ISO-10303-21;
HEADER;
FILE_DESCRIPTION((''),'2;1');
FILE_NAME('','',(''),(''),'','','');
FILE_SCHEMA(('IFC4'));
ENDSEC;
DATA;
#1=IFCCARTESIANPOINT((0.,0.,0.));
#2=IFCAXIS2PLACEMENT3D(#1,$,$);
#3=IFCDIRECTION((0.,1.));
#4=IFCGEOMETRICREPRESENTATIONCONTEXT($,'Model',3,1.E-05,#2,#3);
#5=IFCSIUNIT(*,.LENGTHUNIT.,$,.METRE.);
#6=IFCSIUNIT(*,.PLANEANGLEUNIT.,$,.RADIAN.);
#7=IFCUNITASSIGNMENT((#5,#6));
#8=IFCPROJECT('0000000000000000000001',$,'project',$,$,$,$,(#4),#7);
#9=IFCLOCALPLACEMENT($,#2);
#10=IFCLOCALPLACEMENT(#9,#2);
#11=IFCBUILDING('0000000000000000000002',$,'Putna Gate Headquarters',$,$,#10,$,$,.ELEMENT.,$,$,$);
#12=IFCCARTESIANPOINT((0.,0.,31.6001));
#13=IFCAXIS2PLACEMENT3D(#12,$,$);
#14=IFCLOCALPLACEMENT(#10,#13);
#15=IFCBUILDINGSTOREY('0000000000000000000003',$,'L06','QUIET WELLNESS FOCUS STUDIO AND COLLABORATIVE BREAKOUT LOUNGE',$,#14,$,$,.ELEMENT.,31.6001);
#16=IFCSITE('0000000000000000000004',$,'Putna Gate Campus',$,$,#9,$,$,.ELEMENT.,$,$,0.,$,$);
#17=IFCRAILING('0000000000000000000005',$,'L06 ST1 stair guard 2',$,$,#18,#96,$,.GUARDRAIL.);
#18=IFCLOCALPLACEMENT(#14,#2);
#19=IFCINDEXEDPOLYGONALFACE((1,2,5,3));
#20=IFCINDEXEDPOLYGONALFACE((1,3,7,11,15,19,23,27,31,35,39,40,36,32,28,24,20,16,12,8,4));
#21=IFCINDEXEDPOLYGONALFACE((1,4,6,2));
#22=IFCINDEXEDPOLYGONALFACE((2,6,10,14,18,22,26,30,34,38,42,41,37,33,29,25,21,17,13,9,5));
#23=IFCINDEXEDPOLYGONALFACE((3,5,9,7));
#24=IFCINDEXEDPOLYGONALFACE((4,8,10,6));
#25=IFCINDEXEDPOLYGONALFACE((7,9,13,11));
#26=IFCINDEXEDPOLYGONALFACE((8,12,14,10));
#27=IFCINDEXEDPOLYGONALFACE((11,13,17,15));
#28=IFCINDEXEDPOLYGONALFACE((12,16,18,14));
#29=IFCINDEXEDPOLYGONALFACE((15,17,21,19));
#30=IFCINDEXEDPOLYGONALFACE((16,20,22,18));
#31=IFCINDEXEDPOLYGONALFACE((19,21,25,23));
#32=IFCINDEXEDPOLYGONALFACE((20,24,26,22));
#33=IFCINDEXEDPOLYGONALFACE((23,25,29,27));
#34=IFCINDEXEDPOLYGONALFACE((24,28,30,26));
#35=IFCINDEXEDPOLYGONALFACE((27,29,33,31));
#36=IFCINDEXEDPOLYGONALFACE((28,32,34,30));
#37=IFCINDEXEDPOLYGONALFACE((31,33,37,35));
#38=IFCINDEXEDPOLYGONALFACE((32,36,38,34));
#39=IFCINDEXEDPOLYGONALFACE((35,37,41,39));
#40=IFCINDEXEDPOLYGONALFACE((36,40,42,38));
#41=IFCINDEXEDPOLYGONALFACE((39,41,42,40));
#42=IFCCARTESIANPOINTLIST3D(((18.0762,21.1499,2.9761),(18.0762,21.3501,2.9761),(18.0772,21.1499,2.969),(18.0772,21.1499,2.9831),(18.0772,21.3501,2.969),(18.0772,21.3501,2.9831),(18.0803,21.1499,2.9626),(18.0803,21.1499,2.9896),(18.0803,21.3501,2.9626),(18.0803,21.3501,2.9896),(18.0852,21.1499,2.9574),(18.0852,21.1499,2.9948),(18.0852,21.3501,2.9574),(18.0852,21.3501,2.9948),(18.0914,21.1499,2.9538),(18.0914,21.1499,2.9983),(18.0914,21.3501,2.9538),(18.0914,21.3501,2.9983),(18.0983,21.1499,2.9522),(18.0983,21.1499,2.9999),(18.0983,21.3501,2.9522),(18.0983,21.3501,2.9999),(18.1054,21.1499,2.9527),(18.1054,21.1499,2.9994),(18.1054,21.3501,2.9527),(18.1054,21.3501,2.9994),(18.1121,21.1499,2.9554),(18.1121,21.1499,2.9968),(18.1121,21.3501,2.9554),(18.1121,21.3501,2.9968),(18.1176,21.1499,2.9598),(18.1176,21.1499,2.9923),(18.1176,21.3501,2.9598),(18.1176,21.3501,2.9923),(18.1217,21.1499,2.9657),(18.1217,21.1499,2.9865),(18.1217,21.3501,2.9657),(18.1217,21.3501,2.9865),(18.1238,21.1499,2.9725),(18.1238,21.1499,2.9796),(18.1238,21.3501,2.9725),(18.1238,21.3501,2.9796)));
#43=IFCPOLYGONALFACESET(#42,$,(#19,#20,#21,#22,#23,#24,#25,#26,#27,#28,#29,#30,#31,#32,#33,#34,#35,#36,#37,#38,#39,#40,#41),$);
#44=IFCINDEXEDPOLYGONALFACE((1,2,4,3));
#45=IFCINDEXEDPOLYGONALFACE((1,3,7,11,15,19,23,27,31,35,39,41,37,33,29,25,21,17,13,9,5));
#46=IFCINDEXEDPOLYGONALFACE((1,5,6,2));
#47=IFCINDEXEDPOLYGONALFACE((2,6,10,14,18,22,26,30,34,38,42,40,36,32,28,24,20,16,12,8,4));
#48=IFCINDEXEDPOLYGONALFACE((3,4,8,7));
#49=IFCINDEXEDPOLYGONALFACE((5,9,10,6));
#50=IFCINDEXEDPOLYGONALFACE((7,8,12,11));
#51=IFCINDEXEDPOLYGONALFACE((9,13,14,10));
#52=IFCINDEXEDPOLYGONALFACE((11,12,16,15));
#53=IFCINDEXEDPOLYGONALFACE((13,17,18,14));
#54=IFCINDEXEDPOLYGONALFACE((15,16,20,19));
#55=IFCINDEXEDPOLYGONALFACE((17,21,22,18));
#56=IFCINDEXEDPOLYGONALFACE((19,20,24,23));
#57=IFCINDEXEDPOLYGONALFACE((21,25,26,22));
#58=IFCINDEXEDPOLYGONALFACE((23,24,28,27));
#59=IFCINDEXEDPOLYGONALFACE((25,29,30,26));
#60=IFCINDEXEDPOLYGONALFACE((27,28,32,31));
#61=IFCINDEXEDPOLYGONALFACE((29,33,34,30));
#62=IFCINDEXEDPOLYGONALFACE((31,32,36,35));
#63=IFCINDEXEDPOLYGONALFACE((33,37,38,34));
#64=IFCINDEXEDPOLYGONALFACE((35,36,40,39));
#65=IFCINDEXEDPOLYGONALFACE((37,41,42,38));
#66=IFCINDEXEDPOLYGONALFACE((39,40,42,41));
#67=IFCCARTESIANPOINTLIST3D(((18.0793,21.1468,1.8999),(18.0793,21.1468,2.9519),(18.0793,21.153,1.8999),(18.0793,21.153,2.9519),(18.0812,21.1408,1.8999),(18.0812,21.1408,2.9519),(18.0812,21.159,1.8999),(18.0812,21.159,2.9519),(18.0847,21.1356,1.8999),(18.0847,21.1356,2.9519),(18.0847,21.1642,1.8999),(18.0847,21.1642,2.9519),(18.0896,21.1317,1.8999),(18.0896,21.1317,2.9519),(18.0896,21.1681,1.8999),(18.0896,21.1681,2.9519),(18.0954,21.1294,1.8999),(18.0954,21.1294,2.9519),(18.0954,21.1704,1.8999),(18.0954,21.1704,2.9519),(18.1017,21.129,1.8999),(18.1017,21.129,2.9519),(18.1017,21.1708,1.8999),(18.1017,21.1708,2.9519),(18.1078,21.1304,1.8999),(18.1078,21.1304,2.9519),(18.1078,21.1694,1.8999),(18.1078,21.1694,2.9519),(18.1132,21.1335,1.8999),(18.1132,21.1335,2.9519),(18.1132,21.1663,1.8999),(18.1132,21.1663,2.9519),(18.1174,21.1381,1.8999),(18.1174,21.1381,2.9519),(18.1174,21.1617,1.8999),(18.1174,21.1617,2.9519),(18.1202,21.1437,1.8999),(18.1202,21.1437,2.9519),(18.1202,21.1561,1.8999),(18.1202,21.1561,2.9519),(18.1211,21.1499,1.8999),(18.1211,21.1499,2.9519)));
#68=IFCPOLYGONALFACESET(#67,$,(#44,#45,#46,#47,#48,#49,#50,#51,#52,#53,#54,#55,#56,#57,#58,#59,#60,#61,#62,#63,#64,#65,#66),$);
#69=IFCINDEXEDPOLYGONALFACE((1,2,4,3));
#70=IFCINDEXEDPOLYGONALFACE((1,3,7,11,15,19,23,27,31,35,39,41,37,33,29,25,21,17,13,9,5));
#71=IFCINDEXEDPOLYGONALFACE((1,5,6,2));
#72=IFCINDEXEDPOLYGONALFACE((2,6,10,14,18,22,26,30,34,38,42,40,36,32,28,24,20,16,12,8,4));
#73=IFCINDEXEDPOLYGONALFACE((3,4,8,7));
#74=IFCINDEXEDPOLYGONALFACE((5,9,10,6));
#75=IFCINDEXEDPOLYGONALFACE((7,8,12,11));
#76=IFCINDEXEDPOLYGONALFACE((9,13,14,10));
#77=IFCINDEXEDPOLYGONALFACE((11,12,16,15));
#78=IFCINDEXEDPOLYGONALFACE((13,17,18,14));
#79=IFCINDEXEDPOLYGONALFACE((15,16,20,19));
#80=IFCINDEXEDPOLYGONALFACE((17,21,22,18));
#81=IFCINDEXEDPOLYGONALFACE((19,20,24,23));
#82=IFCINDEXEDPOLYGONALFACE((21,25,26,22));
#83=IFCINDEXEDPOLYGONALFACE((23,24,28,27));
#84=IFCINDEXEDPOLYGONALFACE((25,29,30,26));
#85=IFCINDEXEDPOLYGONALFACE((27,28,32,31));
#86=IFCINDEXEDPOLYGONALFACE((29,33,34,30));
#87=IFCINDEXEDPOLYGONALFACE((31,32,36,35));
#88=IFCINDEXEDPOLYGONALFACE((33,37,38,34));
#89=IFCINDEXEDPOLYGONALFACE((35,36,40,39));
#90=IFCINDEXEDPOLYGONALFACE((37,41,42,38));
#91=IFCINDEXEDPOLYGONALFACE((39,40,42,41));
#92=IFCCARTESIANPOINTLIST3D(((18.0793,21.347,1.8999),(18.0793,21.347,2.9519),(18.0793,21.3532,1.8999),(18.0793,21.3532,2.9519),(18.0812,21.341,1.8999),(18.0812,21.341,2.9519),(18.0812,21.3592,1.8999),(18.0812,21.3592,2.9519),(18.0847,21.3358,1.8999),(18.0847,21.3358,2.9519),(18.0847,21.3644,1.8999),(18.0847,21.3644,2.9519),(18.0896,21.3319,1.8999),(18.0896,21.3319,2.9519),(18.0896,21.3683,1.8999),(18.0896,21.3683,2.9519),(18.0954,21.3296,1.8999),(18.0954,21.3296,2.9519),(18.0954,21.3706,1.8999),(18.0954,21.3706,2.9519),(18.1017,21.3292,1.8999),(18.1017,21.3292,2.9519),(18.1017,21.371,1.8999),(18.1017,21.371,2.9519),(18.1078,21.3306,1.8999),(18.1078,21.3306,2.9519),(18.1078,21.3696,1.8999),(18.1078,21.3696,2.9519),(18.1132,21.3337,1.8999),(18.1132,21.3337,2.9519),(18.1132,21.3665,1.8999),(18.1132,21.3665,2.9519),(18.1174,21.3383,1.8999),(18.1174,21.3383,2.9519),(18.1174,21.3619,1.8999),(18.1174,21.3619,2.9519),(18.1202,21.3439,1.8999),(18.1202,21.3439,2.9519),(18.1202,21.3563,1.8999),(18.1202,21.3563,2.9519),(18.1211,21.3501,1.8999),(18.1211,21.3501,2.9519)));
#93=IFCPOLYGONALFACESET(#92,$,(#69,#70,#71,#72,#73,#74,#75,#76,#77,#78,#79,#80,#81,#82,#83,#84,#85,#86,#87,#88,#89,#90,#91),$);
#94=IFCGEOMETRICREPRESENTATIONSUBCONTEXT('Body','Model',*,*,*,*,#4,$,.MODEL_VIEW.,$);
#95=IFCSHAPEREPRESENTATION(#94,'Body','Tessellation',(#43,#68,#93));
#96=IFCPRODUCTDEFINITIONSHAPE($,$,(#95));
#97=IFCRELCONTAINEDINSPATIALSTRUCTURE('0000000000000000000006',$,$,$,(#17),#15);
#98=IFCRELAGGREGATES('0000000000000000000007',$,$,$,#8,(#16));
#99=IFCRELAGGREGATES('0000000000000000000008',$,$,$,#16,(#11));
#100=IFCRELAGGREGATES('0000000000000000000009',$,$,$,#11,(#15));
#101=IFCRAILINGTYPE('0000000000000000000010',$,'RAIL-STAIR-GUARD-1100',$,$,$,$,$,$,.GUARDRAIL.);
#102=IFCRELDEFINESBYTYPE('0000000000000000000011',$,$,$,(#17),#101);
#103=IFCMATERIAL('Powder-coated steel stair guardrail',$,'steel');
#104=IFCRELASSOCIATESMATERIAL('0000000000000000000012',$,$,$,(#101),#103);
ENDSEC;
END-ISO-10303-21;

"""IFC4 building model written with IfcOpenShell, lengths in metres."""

from ifc_helpers import new_model, si_unit, direction, frame, origin, origin_2d, place, context, subcontext, project, spatial, circle, extrude, material, type_object, element, save


model = new_model("IFC4")

# Units and contexts
model_context = context("Model", 3, precision=1e-05, world=origin(), true_north=direction((0.0, 1.0)))
body_context = subcontext(model_context, "Body", "Model", "MODEL_VIEW")
ifc_project = project(units=[si_unit("LENGTHUNIT", "METRE"), si_unit("PLANEANGLEUNIT", "RADIAN")], contexts=[model_context])

# Site, building, storey
site_placement = place(None, origin())
site = spatial("IfcSite", under=ifc_project, at=site_placement, Name="Putna Gate Campus", CompositionType="ELEMENT", RefElevation=0.0)
building_placement = place(site_placement, origin())
building = spatial("IfcBuilding", under=site, at=building_placement, Name="Putna Gate Headquarters", CompositionType="ELEMENT")
storey_placement = place(building_placement, frame((0.0, 0.0, 31.6001)))
storey = spatial("IfcBuildingStorey", under=building, at=storey_placement, Name="L06", Description="QUIET WELLNESS FOCUS STUDIO AND COLLABORATIVE BREAKOUT LOUNGE", CompositionType="ELEMENT", Elevation=31.6001)

# Railing
ifc_material_1 = material(Name="Powder-coated steel stair guardrail", Category="steel")
railing_type_1 = type_object("IfcRailingType", Name="RAIL-STAIR-GUARD-1100", PredefinedType="GUARDRAIL", material=ifc_material_1)
railing_1_placement = place(storey_placement, frame((18.1001, 21.1499, 1.8999)))
element("IfcRailing", 1, at=railing_1_placement, inside=storey, type_object=railing_type_1, Name="L06 ST1 stair guard 2", PredefinedType="GUARDRAIL", context=body_context, shape_type="SweptSolid", body=[
    extrude(circle(Radius=0.0239, at=origin_2d()), frame((0.0, 0.0, 1.0762), z_axis=(0.0, 1.0, 0.0), x_axis=(-1.0, 0.0, 0.0)), (0.0, 0.0, 1.0), 0.2002),
    extrude(circle(Radius=0.021, at=origin_2d()), origin(), (0.0, 0.0, 1.0), 1.052),
    extrude(circle(Radius=0.021, at=origin_2d()), frame((0.0, 0.2002, 0.0)), (0.0, 0.0, 1.0), 1.052),
])

save(model, "model.ifc")
